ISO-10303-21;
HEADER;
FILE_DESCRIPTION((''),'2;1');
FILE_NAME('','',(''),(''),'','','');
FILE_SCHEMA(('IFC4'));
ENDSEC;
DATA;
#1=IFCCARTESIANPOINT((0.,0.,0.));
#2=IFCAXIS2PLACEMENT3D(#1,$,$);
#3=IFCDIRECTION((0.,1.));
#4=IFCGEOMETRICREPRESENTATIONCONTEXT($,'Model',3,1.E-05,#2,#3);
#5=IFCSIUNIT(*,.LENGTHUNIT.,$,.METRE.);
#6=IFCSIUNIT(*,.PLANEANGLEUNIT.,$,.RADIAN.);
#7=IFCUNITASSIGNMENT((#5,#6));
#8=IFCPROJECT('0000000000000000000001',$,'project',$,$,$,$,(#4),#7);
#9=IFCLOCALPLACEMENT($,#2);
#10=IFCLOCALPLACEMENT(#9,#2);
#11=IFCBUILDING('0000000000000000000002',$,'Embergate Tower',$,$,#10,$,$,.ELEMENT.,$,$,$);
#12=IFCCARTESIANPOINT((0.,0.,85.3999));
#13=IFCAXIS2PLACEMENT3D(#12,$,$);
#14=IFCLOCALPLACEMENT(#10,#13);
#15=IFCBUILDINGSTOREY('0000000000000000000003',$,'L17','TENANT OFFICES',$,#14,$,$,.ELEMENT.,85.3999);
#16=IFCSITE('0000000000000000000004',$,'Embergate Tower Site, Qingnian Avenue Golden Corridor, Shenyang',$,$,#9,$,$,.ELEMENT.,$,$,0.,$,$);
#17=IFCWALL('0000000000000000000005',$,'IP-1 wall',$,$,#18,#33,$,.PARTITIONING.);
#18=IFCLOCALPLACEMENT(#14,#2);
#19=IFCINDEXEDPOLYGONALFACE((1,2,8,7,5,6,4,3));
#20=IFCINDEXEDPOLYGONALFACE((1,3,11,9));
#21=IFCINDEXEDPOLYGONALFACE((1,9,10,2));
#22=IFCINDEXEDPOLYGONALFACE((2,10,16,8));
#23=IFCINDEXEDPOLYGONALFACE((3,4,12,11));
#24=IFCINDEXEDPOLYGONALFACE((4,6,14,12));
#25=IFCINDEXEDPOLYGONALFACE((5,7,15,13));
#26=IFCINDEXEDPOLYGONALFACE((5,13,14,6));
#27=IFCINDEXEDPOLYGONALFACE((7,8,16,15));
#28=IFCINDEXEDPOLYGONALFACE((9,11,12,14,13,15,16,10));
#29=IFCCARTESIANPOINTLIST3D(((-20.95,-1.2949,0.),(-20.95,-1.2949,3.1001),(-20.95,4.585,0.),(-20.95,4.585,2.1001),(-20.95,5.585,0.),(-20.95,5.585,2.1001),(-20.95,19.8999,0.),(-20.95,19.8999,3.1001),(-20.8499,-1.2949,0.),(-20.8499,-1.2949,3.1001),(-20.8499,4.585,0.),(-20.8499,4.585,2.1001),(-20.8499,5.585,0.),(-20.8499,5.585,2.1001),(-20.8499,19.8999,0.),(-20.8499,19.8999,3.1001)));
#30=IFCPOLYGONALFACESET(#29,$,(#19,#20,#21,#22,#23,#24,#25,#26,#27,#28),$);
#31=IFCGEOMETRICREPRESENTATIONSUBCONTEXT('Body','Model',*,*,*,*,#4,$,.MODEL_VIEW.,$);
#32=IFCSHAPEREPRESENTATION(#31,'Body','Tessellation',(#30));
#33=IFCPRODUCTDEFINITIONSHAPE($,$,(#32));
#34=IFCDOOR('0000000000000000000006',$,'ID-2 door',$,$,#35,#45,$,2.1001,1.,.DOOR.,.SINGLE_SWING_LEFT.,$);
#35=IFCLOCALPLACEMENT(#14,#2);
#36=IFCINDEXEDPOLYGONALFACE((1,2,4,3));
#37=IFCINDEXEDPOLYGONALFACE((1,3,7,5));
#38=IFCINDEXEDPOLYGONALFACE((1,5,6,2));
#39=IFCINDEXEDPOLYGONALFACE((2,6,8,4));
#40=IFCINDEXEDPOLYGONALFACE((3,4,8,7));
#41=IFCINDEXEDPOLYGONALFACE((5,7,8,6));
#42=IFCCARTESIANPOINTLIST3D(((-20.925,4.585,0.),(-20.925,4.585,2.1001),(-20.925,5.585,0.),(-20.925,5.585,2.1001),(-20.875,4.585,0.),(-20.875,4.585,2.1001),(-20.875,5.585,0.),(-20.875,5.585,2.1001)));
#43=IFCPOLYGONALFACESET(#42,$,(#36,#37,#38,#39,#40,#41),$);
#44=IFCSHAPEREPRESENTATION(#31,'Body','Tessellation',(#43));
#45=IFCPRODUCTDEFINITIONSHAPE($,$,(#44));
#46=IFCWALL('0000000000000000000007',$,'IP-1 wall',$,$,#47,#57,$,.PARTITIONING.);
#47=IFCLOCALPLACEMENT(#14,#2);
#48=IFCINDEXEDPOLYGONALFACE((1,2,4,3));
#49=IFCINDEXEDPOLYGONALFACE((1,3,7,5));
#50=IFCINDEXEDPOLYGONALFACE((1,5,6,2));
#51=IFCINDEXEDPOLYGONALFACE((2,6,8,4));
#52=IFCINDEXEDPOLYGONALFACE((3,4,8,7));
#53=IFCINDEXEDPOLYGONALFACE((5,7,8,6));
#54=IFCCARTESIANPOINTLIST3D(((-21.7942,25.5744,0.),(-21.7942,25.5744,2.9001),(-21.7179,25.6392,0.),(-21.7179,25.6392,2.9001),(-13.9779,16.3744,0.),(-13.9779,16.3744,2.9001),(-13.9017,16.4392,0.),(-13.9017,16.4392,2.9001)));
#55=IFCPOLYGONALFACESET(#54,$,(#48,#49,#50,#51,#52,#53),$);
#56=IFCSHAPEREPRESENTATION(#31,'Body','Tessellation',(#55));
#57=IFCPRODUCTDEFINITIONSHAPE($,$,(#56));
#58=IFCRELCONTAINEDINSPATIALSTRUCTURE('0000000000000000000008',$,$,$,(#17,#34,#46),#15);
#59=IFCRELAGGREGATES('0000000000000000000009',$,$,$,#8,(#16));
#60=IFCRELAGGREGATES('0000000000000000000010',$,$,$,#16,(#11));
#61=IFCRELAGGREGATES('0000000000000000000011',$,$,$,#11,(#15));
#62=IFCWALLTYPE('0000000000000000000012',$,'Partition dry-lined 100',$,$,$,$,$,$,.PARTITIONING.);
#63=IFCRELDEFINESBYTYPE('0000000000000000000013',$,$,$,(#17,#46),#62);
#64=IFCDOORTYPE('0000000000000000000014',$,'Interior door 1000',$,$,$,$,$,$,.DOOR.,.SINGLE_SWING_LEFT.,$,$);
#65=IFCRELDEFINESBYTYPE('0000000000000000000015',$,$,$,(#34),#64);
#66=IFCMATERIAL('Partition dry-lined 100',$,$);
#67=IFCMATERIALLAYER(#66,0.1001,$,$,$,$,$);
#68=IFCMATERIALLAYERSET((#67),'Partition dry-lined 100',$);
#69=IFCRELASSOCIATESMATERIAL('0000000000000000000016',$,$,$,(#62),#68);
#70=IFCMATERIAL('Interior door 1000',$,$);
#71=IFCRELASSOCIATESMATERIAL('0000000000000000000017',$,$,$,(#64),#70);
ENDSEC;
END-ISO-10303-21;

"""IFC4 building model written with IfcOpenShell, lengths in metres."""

from ifc_helpers import new_model, si_unit, direction, frame, frame_2d, origin, place, context, subcontext, project, spatial, rectangle, extrude, source, transform, mapped, material, layer, layer_set, type_object, element, fill, save


model = new_model("IFC4")

# Units and contexts
model_context = context("Model", 3, precision=1e-05, world=origin(), true_north=direction((0.0, 1.0)))
body_context = subcontext(model_context, "Body", "Model", "MODEL_VIEW")
ifc_project = project(units=[si_unit("LENGTHUNIT", "METRE"), si_unit("PLANEANGLEUNIT", "RADIAN")], contexts=[model_context])

# Site, building, storey
site_placement = place(None, origin())
site = spatial("IfcSite", under=ifc_project, at=site_placement, Name="Embergate Tower Site, Qingnian Avenue Golden Corridor, Shenyang", CompositionType="ELEMENT", RefElevation=0.0)
building_placement = place(site_placement, origin())
building = spatial("IfcBuilding", under=site, at=building_placement, Name="Embergate Tower", CompositionType="ELEMENT")
storey_placement = place(building_placement, frame((0.0, 0.0, 85.3999)))
storey = spatial("IfcBuildingStorey", under=building, at=storey_placement, Name="L17", Description="TENANT OFFICES", CompositionType="ELEMENT", Elevation=85.3999)

# Wall, opening, door
ifc_material_1 = material(Name="Partition dry-lined 100")
ifc_layer_1 = layer(ifc_material_1, 0.1001)
ifc_layer_set_1 = layer_set([ifc_layer_1], Name="Partition dry-lined 100")
wall_type = type_object("IfcWallType", Name="Partition dry-lined 100", PredefinedType="PARTITIONING", material=ifc_layer_set_1)
shared_shape_1 = source(origin(), body_context, "Body", "SweptSolid", [
    extrude(rectangle(XDim=21.1948, YDim=0.1001, at=frame_2d((10.5974, 0.0))), origin(), (0.0, 0.0, 1.0), 3.1001),
])
wall_1_placement = place(storey_placement, frame((-20.8999, 19.8999, 0.0), z_axis=(0.0, 0.0, 1.0), x_axis=(0.0, -1.0, 0.0)))
wall_1 = element("IfcWall", 1, at=wall_1_placement, inside=storey, type_object=wall_type, Name="IP-1 wall", PredefinedType="PARTITIONING", context=body_context, shape_type="MappedRepresentation", body=[
    mapped(shared_shape_1, transform((0.0, 0.0, 0.0))),
])
shared_shape_2 = source(origin(), body_context, "Body", "SweptSolid", [
    extrude(rectangle(XDim=1.0, YDim=2.1001, at=frame_2d((0.5, 1.05))), frame((0.0, 0.0601, 0.0), z_axis=(0.0, -1.0, 0.0), x_axis=(1.0, 0.0, 0.0)), (0.0, 0.0, 1.0), 0.1201),
])
opening_placement = place(wall_1_placement, frame((14.3149, 0.0, 0.0)))
opening = element("IfcOpeningElement", 2, at=opening_placement, cuts=wall_1, PredefinedType="OPENING", context=body_context, shape_type="MappedRepresentation", body=[
    mapped(shared_shape_2, transform((0.0, 0.0, 0.0))),
])
ifc_material_2 = material(Name="Interior door 1000")
door_type = type_object("IfcDoorType", Name="Interior door 1000", OperationType="SINGLE_SWING_LEFT", PredefinedType="DOOR", material=ifc_material_2)
shared_shape_3 = source(origin(), body_context, "Body", "SweptSolid", [
    extrude(rectangle(XDim=1.0, YDim=2.1001, at=frame_2d((0.5, 1.05))), frame((0.0, 0.0249, 0.0), z_axis=(0.0, -1.0, 0.0), x_axis=(1.0, 0.0, 0.0)), (0.0, 0.0, 1.0), 0.05),
])
door_placement = place(opening_placement, origin())
door = element("IfcDoor", 3, at=door_placement, inside=storey, type_object=door_type, Name="ID-2 door", OperationType="SINGLE_SWING_LEFT", OverallHeight=2.1001, OverallWidth=1.0, PredefinedType="DOOR", context=body_context, shape_type="MappedRepresentation", body=[
    mapped(shared_shape_3, transform((0.0, 0.0, 0.0))),
])
fill(opening, door)

# Wall
shared_shape_4 = source(origin(), body_context, "Body", "SweptSolid", [
    extrude(rectangle(XDim=12.072, YDim=0.1001, at=frame_2d((6.0361, 0.0))), origin(), (0.0, 0.0, 1.0), 2.9001),
])
wall_2_placement = place(storey_placement, frame((-21.7561, 25.6069, 0.0), z_axis=(0.0, 0.0, 1.0), x_axis=(0.647466, -0.762094, 0.0)))
element("IfcWall", 4, at=wall_2_placement, inside=storey, type_object=wall_type, Name="IP-1 wall", PredefinedType="PARTITIONING", context=body_context, shape_type="MappedRepresentation", body=[
    mapped(shared_shape_4, transform((0.0, 0.0, 0.0))),
])

save(model, "model.ifc")
